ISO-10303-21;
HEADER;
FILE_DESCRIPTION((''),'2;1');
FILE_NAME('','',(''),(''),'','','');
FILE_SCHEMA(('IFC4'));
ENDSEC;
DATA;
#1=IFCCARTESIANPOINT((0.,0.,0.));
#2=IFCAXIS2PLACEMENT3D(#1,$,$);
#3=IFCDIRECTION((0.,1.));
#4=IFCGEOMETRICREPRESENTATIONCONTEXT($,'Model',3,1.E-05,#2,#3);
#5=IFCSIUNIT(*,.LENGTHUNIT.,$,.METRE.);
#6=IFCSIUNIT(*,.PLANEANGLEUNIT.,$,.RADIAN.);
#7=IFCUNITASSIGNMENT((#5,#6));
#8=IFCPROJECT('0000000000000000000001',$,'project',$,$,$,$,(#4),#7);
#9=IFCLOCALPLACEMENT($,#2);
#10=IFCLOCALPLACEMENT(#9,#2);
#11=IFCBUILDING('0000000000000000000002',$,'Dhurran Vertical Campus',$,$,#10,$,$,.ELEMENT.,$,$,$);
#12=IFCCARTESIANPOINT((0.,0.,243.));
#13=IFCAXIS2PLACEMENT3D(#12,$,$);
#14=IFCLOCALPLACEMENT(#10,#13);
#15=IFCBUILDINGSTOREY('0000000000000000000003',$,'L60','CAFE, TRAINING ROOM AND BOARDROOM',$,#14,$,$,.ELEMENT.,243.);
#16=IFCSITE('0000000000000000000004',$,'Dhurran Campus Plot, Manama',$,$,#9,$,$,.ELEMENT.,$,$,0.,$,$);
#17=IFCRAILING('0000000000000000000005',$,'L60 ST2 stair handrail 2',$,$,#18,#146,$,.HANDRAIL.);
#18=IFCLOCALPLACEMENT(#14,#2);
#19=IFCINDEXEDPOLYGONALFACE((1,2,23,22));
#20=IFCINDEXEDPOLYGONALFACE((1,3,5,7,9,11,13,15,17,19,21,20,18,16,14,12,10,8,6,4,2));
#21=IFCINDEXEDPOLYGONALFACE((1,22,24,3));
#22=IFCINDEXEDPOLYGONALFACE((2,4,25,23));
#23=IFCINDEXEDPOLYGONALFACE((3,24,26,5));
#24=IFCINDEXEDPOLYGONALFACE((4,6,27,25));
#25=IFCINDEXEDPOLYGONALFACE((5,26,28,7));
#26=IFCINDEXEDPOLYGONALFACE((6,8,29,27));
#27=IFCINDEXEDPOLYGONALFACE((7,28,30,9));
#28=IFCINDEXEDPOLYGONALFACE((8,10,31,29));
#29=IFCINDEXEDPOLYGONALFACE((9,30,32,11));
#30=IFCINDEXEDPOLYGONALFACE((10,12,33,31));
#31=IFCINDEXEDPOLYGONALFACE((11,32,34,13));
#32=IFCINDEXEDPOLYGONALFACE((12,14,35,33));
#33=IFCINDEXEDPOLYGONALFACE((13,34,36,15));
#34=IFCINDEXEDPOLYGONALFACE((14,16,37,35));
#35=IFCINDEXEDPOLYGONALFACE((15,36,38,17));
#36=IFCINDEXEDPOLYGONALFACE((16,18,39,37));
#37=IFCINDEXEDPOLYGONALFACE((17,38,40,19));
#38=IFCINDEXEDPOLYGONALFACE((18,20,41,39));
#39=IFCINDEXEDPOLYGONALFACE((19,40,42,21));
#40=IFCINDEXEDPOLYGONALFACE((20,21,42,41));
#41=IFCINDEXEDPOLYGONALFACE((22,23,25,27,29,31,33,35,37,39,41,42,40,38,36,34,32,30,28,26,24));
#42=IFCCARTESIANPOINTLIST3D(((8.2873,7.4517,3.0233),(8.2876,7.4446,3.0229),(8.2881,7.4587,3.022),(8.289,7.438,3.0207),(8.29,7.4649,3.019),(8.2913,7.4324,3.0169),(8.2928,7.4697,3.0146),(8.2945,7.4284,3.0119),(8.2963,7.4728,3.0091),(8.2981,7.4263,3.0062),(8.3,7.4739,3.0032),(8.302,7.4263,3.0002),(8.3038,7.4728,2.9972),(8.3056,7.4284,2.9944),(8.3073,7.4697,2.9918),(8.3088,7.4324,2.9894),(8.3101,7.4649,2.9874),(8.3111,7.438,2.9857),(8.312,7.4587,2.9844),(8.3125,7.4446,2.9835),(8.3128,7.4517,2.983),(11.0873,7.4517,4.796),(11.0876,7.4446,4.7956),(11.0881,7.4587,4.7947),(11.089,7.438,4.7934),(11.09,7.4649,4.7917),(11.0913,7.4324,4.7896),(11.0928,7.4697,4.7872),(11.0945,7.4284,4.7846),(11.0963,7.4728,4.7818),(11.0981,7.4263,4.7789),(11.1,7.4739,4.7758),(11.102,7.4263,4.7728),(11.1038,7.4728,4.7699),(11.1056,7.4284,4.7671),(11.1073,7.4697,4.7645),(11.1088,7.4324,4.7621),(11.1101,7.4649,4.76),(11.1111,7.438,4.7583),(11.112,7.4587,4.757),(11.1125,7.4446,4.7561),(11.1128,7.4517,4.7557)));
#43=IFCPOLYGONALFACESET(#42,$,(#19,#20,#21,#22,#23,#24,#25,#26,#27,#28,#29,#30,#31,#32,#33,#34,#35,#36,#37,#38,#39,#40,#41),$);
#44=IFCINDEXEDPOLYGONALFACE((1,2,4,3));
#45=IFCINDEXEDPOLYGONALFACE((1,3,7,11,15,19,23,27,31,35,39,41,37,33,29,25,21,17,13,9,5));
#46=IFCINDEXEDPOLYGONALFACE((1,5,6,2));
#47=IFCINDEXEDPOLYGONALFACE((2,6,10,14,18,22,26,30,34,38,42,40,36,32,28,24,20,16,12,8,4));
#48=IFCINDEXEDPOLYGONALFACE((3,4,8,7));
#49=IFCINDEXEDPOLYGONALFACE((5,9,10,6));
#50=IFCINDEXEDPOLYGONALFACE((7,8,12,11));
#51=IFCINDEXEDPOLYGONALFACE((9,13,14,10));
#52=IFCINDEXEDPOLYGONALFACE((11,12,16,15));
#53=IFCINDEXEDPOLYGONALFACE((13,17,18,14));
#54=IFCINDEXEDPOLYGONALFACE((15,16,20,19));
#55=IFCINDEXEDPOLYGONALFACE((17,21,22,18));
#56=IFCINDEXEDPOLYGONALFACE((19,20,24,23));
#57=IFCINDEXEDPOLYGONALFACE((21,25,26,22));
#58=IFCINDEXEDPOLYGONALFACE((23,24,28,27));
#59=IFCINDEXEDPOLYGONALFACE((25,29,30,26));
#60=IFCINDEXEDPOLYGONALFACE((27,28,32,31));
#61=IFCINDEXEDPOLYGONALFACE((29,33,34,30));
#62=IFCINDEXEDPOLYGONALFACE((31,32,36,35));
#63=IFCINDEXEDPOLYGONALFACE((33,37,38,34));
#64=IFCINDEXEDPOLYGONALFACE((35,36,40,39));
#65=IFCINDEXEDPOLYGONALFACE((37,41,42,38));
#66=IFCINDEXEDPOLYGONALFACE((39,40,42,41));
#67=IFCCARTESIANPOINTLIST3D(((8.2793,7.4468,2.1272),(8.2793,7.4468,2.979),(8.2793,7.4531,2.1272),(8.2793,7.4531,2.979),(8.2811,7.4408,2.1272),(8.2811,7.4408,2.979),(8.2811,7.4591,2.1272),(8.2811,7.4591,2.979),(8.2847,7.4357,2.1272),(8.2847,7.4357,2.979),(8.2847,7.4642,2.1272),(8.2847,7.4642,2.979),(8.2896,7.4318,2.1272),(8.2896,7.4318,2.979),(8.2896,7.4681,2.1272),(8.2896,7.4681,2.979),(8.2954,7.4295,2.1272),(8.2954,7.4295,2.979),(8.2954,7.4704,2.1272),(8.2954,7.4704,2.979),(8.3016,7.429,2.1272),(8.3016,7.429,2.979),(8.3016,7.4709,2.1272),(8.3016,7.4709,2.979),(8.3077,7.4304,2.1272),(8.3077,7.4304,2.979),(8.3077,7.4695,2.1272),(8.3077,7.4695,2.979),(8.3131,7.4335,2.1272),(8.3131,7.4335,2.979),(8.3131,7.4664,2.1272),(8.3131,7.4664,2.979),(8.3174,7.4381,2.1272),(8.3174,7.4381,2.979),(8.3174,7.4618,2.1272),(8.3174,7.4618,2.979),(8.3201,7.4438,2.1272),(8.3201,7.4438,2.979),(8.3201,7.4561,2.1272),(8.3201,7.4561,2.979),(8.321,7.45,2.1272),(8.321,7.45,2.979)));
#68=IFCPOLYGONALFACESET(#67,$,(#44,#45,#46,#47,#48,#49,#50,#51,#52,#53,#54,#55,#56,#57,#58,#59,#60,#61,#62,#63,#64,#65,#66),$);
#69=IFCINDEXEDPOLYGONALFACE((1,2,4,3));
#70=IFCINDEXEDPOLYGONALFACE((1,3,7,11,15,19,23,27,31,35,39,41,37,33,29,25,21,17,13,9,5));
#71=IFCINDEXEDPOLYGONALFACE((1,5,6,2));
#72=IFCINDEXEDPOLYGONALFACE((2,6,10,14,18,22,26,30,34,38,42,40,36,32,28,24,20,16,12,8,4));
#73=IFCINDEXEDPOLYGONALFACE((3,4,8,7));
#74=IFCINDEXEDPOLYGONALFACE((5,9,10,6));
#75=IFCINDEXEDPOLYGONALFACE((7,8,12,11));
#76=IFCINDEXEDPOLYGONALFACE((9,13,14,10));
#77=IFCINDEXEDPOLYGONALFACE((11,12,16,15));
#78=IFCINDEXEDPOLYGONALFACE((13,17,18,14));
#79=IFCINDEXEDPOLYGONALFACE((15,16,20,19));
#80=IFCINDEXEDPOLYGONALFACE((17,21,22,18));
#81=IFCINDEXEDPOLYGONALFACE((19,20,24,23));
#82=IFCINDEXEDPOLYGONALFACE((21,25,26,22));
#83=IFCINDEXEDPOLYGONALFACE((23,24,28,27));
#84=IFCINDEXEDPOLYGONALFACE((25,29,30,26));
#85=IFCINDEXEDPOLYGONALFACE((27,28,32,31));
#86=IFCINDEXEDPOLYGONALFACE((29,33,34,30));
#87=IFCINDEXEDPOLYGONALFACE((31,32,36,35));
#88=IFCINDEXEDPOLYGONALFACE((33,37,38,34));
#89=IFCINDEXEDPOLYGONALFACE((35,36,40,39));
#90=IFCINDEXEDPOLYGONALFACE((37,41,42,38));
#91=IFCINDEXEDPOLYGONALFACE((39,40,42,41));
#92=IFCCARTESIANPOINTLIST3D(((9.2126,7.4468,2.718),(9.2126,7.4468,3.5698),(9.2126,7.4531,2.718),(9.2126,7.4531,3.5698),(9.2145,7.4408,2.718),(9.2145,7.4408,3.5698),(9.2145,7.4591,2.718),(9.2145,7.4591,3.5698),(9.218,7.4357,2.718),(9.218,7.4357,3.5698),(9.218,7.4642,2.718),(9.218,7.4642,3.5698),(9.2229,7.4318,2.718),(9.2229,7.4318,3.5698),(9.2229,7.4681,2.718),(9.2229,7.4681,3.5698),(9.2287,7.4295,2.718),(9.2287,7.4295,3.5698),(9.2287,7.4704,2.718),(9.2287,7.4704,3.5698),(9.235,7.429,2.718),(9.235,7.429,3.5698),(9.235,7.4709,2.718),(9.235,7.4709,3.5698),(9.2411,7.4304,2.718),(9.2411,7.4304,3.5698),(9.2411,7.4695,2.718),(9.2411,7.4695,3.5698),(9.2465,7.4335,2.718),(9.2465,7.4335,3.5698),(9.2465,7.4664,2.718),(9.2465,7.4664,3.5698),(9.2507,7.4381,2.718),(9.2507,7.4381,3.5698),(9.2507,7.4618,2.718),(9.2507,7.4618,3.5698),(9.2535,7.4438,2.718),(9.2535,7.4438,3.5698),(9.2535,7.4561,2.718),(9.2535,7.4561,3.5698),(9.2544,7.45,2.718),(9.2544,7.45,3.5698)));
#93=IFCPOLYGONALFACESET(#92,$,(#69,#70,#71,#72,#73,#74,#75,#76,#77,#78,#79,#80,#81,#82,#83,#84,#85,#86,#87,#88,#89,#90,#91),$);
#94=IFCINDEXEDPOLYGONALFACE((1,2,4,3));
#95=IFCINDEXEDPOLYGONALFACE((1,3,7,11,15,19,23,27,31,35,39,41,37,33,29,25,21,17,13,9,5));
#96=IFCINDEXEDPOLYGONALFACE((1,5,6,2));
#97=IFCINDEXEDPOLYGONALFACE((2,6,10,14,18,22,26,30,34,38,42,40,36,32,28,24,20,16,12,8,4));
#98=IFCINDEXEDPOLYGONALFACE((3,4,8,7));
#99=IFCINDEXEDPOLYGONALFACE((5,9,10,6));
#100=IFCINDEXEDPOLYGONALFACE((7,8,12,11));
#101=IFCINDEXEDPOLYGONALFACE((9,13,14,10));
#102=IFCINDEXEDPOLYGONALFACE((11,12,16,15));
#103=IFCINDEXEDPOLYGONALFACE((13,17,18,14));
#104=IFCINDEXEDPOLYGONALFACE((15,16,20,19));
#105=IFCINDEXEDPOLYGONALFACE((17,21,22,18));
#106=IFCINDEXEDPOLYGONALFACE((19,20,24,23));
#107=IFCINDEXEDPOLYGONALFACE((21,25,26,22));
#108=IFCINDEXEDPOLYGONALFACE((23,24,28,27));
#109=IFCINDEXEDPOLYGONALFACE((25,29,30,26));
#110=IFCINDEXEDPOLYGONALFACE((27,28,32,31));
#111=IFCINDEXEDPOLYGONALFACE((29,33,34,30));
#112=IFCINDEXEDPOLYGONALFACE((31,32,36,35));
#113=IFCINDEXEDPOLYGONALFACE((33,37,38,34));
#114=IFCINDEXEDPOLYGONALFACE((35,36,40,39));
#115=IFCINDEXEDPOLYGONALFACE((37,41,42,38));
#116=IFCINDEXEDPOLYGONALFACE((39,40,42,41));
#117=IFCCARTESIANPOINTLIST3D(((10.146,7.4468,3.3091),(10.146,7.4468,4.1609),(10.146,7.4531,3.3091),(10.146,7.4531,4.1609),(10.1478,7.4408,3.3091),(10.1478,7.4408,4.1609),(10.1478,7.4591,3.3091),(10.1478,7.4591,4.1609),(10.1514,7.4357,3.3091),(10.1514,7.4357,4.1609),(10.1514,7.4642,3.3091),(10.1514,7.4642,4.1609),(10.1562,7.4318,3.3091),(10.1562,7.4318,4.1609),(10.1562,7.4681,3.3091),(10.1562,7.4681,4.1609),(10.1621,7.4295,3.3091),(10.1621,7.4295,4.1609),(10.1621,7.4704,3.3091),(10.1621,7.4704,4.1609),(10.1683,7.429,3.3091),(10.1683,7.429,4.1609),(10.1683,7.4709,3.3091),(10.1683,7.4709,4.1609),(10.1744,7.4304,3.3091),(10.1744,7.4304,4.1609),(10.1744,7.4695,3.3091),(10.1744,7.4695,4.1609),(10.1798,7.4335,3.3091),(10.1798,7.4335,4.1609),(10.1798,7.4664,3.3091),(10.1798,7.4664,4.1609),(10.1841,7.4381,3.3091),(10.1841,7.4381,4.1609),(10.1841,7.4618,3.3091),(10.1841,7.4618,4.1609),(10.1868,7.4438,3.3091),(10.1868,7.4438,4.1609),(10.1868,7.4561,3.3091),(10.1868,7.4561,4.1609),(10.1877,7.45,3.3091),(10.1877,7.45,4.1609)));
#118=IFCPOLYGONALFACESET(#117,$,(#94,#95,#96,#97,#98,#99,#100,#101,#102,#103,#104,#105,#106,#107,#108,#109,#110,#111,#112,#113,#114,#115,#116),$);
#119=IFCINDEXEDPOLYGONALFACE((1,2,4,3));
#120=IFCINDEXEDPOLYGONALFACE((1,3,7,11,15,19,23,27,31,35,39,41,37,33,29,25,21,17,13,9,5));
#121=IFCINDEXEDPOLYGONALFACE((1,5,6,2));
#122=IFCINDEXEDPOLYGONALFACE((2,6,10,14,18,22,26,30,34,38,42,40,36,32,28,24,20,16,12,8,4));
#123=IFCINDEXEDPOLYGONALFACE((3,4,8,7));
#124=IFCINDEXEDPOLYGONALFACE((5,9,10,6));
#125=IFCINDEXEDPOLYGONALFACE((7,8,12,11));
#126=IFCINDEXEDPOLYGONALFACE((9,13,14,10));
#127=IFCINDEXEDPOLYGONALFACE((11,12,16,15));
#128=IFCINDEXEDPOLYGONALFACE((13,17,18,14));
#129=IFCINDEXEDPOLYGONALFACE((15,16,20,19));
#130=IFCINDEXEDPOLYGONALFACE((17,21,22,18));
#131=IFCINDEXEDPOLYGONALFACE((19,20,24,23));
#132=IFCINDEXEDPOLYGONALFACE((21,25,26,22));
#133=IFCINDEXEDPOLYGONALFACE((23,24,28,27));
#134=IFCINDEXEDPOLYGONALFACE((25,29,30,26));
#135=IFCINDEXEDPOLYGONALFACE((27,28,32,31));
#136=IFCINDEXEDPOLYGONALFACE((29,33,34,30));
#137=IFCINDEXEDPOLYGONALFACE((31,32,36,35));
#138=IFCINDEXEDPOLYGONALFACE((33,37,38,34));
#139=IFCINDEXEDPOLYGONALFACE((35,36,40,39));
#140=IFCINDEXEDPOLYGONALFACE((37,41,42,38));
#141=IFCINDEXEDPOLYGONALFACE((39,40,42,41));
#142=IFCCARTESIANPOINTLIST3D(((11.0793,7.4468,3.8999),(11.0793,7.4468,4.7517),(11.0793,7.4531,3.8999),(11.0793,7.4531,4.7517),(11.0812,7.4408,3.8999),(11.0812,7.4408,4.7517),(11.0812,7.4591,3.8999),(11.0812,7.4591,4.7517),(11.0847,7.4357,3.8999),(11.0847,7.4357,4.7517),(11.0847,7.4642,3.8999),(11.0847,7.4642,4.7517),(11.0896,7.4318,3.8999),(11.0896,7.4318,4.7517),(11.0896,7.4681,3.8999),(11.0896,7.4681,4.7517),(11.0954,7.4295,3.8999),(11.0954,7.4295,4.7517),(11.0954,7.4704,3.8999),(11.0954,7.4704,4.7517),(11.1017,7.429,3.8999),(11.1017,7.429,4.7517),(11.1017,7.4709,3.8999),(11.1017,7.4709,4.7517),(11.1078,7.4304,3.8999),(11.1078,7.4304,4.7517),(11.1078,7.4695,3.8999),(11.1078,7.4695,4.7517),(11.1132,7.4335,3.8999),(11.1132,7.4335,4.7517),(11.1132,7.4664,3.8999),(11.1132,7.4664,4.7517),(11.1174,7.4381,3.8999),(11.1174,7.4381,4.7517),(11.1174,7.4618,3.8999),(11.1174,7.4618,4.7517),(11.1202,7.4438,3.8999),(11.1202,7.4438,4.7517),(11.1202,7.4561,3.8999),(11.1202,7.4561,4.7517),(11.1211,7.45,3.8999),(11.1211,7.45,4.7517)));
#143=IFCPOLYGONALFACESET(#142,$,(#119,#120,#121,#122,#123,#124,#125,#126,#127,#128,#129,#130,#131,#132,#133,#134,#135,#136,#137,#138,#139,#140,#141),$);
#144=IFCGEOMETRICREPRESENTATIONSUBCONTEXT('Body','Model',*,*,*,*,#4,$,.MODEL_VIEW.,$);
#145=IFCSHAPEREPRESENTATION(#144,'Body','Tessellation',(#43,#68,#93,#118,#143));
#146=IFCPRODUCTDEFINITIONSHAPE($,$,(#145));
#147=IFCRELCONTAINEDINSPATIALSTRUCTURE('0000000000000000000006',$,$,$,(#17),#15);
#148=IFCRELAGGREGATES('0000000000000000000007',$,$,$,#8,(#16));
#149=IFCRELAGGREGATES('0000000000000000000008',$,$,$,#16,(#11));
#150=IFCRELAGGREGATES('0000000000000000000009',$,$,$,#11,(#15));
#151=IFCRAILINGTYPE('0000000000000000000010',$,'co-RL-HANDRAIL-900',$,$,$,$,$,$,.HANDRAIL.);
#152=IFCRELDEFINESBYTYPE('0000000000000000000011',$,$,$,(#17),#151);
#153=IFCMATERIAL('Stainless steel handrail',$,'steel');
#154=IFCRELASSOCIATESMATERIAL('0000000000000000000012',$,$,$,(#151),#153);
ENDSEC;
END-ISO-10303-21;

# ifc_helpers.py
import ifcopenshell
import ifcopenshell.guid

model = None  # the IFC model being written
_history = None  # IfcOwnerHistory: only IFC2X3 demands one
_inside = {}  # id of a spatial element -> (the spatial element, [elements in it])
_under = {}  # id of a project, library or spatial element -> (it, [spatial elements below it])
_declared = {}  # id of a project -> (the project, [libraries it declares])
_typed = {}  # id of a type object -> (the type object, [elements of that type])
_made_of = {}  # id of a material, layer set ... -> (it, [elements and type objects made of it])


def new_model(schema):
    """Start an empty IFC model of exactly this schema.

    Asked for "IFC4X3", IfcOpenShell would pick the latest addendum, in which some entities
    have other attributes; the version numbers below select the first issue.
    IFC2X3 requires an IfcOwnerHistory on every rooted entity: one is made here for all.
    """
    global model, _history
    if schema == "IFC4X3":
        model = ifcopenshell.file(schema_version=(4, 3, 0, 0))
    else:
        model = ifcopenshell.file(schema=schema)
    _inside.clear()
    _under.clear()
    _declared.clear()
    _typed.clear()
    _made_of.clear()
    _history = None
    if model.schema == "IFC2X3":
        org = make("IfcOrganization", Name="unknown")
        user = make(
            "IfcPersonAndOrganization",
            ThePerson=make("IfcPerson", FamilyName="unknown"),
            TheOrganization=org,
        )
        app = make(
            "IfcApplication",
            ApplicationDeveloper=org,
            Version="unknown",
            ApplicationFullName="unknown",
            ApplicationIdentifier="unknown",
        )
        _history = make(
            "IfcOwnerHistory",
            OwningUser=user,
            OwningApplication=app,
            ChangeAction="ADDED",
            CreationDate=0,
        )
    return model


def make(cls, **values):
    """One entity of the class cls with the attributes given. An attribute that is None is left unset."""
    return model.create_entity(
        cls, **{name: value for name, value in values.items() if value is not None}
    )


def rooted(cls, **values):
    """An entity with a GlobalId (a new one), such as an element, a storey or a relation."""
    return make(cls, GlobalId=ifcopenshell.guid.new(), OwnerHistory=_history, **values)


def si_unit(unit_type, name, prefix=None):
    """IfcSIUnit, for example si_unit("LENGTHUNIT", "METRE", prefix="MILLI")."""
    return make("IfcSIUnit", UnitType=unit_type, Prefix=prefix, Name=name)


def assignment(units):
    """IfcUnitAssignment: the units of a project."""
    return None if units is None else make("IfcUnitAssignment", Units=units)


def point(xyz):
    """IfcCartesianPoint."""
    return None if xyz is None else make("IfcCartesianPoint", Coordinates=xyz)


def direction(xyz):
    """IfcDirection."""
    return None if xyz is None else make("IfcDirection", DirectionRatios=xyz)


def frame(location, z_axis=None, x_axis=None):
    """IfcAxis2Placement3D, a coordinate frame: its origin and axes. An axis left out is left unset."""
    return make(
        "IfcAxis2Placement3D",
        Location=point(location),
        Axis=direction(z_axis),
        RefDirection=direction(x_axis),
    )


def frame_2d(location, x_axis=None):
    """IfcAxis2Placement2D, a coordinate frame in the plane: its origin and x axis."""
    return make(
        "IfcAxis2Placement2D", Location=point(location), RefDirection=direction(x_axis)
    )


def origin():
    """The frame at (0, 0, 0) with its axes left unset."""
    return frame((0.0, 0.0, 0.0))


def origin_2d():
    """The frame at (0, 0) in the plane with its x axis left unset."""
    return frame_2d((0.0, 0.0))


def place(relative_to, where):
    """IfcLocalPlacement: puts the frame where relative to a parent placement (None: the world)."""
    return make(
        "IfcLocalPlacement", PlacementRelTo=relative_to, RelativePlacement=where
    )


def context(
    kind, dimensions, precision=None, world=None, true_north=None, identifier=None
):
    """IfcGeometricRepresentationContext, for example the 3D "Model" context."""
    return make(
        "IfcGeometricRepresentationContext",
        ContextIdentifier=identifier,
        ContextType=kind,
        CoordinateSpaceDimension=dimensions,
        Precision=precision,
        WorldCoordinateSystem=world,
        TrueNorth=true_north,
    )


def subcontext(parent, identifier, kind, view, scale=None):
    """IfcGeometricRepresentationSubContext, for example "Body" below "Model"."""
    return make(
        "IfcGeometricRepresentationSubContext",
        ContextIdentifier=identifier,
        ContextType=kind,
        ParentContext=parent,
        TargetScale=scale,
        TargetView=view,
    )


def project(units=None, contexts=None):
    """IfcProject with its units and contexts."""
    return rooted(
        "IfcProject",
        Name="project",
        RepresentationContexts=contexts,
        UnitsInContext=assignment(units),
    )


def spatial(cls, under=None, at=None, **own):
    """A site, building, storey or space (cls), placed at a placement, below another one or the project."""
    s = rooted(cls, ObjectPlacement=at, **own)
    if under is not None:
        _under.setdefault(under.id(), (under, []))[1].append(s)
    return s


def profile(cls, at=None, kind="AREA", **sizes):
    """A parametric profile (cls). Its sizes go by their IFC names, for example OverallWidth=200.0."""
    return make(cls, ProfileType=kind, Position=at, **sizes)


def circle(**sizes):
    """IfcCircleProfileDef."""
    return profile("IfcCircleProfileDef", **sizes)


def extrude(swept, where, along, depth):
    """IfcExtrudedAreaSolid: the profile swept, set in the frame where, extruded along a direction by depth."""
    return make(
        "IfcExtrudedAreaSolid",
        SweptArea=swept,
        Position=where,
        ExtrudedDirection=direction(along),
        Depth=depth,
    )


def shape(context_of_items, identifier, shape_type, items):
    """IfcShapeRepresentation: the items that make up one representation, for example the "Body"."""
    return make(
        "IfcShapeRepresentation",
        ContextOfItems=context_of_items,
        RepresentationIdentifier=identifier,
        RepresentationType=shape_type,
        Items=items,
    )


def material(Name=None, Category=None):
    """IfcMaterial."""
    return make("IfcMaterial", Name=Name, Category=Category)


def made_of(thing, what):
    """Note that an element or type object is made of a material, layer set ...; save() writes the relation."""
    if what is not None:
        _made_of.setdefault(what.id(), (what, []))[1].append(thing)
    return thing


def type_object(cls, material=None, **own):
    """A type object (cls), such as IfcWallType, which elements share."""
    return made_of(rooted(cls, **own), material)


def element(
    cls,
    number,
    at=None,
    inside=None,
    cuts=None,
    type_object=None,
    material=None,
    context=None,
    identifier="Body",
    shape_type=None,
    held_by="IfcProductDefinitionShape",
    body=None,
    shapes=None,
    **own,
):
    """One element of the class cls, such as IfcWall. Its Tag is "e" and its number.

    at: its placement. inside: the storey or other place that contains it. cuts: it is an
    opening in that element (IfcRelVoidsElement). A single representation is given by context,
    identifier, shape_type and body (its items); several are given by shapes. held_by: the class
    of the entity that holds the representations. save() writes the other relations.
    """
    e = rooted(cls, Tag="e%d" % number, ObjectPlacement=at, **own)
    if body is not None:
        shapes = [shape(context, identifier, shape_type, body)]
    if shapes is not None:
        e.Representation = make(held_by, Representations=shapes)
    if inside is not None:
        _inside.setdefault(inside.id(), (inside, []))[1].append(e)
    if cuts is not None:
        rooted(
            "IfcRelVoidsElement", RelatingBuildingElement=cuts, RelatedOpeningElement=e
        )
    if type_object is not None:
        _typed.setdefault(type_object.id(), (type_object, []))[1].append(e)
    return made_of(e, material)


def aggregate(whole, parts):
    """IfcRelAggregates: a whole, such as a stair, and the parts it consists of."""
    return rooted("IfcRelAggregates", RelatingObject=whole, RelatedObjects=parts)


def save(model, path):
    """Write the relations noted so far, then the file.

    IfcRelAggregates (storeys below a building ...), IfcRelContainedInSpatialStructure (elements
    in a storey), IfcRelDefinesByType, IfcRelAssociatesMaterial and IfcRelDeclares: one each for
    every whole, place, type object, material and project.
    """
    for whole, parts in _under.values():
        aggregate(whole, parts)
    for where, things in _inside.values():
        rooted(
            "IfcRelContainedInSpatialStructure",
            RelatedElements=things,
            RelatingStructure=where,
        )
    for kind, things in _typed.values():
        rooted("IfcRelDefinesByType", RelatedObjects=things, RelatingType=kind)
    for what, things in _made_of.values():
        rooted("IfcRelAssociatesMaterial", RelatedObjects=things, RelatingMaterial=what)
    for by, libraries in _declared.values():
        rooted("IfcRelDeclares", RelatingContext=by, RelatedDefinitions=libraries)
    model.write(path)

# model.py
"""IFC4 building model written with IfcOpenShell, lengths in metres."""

from ifc_helpers import new_model, si_unit, direction, frame, origin, origin_2d, place, context, subcontext, project, spatial, circle, extrude, material, type_object, element, save


model = new_model("IFC4")

# Units and contexts
model_context = context("Model", 3, precision=1e-05, world=origin(), true_north=direction((0.0, 1.0)))
body_context = subcontext(model_context, "Body", "Model", "MODEL_VIEW")
ifc_project = project(units=[si_unit("LENGTHUNIT", "METRE"), si_unit("PLANEANGLEUNIT", "RADIAN")], contexts=[model_context])

# Site, building, storey
site_placement = place(None, origin())
site = spatial("IfcSite", under=ifc_project, at=site_placement, Name="Dhurran Campus Plot, Manama", CompositionType="ELEMENT", RefElevation=0.0)
building_placement = place(site_placement, origin())
building = spatial("IfcBuilding", under=site, at=building_placement, Name="Dhurran Vertical Campus", CompositionType="ELEMENT")
storey_placement = place(building_placement, frame((0.0, 0.0, 243.0)))
storey = spatial("IfcBuildingStorey", under=building, at=storey_placement, Name="L60", Description="CAFE, TRAINING ROOM AND BOARDROOM", CompositionType="ELEMENT", Elevation=243.0)

# Railing
ifc_material_1 = material(Name="Stainless steel handrail", Category="steel")
railing_type_1 = type_object("IfcRailingType", Name="co-RL-HANDRAIL-900", PredefinedType="HANDRAIL", material=ifc_material_1)
railing_1_placement = place(storey_placement, frame((8.3, 7.45, 2.1272)))
element("IfcRailing", 1, at=railing_1_placement, inside=storey, type_object=railing_type_1, Name="L60 ST2 stair handrail 2", PredefinedType="HANDRAIL", context=body_context, shape_type="SweptSolid", body=[
    extrude(circle(Radius=0.0239, at=origin_2d()), frame((0.0, 0.0, 0.876), z_axis=(0.844909, 0.0, 0.53491), x_axis=(0.0, 1.0, 0.0)), (0.0, 0.0, 1.0), 3.314),
    extrude(circle(Radius=0.021, at=origin_2d()), origin(), (0.0, 0.0, 1.0), 0.8518),
    extrude(circle(Radius=0.021, at=origin_2d()), frame((0.9333, 0.0, 0.5908)), (0.0, 0.0, 1.0), 0.8518),
    extrude(circle(Radius=0.021, at=origin_2d()), frame((1.8667, 0.0, 1.1819)), (0.0, 0.0, 1.0), 0.8518),
    extrude(circle(Radius=0.021, at=origin_2d()), frame((2.8, 0.0, 1.7727)), (0.0, 0.0, 1.0), 0.8518),
])

save(model, "model.ifc")
